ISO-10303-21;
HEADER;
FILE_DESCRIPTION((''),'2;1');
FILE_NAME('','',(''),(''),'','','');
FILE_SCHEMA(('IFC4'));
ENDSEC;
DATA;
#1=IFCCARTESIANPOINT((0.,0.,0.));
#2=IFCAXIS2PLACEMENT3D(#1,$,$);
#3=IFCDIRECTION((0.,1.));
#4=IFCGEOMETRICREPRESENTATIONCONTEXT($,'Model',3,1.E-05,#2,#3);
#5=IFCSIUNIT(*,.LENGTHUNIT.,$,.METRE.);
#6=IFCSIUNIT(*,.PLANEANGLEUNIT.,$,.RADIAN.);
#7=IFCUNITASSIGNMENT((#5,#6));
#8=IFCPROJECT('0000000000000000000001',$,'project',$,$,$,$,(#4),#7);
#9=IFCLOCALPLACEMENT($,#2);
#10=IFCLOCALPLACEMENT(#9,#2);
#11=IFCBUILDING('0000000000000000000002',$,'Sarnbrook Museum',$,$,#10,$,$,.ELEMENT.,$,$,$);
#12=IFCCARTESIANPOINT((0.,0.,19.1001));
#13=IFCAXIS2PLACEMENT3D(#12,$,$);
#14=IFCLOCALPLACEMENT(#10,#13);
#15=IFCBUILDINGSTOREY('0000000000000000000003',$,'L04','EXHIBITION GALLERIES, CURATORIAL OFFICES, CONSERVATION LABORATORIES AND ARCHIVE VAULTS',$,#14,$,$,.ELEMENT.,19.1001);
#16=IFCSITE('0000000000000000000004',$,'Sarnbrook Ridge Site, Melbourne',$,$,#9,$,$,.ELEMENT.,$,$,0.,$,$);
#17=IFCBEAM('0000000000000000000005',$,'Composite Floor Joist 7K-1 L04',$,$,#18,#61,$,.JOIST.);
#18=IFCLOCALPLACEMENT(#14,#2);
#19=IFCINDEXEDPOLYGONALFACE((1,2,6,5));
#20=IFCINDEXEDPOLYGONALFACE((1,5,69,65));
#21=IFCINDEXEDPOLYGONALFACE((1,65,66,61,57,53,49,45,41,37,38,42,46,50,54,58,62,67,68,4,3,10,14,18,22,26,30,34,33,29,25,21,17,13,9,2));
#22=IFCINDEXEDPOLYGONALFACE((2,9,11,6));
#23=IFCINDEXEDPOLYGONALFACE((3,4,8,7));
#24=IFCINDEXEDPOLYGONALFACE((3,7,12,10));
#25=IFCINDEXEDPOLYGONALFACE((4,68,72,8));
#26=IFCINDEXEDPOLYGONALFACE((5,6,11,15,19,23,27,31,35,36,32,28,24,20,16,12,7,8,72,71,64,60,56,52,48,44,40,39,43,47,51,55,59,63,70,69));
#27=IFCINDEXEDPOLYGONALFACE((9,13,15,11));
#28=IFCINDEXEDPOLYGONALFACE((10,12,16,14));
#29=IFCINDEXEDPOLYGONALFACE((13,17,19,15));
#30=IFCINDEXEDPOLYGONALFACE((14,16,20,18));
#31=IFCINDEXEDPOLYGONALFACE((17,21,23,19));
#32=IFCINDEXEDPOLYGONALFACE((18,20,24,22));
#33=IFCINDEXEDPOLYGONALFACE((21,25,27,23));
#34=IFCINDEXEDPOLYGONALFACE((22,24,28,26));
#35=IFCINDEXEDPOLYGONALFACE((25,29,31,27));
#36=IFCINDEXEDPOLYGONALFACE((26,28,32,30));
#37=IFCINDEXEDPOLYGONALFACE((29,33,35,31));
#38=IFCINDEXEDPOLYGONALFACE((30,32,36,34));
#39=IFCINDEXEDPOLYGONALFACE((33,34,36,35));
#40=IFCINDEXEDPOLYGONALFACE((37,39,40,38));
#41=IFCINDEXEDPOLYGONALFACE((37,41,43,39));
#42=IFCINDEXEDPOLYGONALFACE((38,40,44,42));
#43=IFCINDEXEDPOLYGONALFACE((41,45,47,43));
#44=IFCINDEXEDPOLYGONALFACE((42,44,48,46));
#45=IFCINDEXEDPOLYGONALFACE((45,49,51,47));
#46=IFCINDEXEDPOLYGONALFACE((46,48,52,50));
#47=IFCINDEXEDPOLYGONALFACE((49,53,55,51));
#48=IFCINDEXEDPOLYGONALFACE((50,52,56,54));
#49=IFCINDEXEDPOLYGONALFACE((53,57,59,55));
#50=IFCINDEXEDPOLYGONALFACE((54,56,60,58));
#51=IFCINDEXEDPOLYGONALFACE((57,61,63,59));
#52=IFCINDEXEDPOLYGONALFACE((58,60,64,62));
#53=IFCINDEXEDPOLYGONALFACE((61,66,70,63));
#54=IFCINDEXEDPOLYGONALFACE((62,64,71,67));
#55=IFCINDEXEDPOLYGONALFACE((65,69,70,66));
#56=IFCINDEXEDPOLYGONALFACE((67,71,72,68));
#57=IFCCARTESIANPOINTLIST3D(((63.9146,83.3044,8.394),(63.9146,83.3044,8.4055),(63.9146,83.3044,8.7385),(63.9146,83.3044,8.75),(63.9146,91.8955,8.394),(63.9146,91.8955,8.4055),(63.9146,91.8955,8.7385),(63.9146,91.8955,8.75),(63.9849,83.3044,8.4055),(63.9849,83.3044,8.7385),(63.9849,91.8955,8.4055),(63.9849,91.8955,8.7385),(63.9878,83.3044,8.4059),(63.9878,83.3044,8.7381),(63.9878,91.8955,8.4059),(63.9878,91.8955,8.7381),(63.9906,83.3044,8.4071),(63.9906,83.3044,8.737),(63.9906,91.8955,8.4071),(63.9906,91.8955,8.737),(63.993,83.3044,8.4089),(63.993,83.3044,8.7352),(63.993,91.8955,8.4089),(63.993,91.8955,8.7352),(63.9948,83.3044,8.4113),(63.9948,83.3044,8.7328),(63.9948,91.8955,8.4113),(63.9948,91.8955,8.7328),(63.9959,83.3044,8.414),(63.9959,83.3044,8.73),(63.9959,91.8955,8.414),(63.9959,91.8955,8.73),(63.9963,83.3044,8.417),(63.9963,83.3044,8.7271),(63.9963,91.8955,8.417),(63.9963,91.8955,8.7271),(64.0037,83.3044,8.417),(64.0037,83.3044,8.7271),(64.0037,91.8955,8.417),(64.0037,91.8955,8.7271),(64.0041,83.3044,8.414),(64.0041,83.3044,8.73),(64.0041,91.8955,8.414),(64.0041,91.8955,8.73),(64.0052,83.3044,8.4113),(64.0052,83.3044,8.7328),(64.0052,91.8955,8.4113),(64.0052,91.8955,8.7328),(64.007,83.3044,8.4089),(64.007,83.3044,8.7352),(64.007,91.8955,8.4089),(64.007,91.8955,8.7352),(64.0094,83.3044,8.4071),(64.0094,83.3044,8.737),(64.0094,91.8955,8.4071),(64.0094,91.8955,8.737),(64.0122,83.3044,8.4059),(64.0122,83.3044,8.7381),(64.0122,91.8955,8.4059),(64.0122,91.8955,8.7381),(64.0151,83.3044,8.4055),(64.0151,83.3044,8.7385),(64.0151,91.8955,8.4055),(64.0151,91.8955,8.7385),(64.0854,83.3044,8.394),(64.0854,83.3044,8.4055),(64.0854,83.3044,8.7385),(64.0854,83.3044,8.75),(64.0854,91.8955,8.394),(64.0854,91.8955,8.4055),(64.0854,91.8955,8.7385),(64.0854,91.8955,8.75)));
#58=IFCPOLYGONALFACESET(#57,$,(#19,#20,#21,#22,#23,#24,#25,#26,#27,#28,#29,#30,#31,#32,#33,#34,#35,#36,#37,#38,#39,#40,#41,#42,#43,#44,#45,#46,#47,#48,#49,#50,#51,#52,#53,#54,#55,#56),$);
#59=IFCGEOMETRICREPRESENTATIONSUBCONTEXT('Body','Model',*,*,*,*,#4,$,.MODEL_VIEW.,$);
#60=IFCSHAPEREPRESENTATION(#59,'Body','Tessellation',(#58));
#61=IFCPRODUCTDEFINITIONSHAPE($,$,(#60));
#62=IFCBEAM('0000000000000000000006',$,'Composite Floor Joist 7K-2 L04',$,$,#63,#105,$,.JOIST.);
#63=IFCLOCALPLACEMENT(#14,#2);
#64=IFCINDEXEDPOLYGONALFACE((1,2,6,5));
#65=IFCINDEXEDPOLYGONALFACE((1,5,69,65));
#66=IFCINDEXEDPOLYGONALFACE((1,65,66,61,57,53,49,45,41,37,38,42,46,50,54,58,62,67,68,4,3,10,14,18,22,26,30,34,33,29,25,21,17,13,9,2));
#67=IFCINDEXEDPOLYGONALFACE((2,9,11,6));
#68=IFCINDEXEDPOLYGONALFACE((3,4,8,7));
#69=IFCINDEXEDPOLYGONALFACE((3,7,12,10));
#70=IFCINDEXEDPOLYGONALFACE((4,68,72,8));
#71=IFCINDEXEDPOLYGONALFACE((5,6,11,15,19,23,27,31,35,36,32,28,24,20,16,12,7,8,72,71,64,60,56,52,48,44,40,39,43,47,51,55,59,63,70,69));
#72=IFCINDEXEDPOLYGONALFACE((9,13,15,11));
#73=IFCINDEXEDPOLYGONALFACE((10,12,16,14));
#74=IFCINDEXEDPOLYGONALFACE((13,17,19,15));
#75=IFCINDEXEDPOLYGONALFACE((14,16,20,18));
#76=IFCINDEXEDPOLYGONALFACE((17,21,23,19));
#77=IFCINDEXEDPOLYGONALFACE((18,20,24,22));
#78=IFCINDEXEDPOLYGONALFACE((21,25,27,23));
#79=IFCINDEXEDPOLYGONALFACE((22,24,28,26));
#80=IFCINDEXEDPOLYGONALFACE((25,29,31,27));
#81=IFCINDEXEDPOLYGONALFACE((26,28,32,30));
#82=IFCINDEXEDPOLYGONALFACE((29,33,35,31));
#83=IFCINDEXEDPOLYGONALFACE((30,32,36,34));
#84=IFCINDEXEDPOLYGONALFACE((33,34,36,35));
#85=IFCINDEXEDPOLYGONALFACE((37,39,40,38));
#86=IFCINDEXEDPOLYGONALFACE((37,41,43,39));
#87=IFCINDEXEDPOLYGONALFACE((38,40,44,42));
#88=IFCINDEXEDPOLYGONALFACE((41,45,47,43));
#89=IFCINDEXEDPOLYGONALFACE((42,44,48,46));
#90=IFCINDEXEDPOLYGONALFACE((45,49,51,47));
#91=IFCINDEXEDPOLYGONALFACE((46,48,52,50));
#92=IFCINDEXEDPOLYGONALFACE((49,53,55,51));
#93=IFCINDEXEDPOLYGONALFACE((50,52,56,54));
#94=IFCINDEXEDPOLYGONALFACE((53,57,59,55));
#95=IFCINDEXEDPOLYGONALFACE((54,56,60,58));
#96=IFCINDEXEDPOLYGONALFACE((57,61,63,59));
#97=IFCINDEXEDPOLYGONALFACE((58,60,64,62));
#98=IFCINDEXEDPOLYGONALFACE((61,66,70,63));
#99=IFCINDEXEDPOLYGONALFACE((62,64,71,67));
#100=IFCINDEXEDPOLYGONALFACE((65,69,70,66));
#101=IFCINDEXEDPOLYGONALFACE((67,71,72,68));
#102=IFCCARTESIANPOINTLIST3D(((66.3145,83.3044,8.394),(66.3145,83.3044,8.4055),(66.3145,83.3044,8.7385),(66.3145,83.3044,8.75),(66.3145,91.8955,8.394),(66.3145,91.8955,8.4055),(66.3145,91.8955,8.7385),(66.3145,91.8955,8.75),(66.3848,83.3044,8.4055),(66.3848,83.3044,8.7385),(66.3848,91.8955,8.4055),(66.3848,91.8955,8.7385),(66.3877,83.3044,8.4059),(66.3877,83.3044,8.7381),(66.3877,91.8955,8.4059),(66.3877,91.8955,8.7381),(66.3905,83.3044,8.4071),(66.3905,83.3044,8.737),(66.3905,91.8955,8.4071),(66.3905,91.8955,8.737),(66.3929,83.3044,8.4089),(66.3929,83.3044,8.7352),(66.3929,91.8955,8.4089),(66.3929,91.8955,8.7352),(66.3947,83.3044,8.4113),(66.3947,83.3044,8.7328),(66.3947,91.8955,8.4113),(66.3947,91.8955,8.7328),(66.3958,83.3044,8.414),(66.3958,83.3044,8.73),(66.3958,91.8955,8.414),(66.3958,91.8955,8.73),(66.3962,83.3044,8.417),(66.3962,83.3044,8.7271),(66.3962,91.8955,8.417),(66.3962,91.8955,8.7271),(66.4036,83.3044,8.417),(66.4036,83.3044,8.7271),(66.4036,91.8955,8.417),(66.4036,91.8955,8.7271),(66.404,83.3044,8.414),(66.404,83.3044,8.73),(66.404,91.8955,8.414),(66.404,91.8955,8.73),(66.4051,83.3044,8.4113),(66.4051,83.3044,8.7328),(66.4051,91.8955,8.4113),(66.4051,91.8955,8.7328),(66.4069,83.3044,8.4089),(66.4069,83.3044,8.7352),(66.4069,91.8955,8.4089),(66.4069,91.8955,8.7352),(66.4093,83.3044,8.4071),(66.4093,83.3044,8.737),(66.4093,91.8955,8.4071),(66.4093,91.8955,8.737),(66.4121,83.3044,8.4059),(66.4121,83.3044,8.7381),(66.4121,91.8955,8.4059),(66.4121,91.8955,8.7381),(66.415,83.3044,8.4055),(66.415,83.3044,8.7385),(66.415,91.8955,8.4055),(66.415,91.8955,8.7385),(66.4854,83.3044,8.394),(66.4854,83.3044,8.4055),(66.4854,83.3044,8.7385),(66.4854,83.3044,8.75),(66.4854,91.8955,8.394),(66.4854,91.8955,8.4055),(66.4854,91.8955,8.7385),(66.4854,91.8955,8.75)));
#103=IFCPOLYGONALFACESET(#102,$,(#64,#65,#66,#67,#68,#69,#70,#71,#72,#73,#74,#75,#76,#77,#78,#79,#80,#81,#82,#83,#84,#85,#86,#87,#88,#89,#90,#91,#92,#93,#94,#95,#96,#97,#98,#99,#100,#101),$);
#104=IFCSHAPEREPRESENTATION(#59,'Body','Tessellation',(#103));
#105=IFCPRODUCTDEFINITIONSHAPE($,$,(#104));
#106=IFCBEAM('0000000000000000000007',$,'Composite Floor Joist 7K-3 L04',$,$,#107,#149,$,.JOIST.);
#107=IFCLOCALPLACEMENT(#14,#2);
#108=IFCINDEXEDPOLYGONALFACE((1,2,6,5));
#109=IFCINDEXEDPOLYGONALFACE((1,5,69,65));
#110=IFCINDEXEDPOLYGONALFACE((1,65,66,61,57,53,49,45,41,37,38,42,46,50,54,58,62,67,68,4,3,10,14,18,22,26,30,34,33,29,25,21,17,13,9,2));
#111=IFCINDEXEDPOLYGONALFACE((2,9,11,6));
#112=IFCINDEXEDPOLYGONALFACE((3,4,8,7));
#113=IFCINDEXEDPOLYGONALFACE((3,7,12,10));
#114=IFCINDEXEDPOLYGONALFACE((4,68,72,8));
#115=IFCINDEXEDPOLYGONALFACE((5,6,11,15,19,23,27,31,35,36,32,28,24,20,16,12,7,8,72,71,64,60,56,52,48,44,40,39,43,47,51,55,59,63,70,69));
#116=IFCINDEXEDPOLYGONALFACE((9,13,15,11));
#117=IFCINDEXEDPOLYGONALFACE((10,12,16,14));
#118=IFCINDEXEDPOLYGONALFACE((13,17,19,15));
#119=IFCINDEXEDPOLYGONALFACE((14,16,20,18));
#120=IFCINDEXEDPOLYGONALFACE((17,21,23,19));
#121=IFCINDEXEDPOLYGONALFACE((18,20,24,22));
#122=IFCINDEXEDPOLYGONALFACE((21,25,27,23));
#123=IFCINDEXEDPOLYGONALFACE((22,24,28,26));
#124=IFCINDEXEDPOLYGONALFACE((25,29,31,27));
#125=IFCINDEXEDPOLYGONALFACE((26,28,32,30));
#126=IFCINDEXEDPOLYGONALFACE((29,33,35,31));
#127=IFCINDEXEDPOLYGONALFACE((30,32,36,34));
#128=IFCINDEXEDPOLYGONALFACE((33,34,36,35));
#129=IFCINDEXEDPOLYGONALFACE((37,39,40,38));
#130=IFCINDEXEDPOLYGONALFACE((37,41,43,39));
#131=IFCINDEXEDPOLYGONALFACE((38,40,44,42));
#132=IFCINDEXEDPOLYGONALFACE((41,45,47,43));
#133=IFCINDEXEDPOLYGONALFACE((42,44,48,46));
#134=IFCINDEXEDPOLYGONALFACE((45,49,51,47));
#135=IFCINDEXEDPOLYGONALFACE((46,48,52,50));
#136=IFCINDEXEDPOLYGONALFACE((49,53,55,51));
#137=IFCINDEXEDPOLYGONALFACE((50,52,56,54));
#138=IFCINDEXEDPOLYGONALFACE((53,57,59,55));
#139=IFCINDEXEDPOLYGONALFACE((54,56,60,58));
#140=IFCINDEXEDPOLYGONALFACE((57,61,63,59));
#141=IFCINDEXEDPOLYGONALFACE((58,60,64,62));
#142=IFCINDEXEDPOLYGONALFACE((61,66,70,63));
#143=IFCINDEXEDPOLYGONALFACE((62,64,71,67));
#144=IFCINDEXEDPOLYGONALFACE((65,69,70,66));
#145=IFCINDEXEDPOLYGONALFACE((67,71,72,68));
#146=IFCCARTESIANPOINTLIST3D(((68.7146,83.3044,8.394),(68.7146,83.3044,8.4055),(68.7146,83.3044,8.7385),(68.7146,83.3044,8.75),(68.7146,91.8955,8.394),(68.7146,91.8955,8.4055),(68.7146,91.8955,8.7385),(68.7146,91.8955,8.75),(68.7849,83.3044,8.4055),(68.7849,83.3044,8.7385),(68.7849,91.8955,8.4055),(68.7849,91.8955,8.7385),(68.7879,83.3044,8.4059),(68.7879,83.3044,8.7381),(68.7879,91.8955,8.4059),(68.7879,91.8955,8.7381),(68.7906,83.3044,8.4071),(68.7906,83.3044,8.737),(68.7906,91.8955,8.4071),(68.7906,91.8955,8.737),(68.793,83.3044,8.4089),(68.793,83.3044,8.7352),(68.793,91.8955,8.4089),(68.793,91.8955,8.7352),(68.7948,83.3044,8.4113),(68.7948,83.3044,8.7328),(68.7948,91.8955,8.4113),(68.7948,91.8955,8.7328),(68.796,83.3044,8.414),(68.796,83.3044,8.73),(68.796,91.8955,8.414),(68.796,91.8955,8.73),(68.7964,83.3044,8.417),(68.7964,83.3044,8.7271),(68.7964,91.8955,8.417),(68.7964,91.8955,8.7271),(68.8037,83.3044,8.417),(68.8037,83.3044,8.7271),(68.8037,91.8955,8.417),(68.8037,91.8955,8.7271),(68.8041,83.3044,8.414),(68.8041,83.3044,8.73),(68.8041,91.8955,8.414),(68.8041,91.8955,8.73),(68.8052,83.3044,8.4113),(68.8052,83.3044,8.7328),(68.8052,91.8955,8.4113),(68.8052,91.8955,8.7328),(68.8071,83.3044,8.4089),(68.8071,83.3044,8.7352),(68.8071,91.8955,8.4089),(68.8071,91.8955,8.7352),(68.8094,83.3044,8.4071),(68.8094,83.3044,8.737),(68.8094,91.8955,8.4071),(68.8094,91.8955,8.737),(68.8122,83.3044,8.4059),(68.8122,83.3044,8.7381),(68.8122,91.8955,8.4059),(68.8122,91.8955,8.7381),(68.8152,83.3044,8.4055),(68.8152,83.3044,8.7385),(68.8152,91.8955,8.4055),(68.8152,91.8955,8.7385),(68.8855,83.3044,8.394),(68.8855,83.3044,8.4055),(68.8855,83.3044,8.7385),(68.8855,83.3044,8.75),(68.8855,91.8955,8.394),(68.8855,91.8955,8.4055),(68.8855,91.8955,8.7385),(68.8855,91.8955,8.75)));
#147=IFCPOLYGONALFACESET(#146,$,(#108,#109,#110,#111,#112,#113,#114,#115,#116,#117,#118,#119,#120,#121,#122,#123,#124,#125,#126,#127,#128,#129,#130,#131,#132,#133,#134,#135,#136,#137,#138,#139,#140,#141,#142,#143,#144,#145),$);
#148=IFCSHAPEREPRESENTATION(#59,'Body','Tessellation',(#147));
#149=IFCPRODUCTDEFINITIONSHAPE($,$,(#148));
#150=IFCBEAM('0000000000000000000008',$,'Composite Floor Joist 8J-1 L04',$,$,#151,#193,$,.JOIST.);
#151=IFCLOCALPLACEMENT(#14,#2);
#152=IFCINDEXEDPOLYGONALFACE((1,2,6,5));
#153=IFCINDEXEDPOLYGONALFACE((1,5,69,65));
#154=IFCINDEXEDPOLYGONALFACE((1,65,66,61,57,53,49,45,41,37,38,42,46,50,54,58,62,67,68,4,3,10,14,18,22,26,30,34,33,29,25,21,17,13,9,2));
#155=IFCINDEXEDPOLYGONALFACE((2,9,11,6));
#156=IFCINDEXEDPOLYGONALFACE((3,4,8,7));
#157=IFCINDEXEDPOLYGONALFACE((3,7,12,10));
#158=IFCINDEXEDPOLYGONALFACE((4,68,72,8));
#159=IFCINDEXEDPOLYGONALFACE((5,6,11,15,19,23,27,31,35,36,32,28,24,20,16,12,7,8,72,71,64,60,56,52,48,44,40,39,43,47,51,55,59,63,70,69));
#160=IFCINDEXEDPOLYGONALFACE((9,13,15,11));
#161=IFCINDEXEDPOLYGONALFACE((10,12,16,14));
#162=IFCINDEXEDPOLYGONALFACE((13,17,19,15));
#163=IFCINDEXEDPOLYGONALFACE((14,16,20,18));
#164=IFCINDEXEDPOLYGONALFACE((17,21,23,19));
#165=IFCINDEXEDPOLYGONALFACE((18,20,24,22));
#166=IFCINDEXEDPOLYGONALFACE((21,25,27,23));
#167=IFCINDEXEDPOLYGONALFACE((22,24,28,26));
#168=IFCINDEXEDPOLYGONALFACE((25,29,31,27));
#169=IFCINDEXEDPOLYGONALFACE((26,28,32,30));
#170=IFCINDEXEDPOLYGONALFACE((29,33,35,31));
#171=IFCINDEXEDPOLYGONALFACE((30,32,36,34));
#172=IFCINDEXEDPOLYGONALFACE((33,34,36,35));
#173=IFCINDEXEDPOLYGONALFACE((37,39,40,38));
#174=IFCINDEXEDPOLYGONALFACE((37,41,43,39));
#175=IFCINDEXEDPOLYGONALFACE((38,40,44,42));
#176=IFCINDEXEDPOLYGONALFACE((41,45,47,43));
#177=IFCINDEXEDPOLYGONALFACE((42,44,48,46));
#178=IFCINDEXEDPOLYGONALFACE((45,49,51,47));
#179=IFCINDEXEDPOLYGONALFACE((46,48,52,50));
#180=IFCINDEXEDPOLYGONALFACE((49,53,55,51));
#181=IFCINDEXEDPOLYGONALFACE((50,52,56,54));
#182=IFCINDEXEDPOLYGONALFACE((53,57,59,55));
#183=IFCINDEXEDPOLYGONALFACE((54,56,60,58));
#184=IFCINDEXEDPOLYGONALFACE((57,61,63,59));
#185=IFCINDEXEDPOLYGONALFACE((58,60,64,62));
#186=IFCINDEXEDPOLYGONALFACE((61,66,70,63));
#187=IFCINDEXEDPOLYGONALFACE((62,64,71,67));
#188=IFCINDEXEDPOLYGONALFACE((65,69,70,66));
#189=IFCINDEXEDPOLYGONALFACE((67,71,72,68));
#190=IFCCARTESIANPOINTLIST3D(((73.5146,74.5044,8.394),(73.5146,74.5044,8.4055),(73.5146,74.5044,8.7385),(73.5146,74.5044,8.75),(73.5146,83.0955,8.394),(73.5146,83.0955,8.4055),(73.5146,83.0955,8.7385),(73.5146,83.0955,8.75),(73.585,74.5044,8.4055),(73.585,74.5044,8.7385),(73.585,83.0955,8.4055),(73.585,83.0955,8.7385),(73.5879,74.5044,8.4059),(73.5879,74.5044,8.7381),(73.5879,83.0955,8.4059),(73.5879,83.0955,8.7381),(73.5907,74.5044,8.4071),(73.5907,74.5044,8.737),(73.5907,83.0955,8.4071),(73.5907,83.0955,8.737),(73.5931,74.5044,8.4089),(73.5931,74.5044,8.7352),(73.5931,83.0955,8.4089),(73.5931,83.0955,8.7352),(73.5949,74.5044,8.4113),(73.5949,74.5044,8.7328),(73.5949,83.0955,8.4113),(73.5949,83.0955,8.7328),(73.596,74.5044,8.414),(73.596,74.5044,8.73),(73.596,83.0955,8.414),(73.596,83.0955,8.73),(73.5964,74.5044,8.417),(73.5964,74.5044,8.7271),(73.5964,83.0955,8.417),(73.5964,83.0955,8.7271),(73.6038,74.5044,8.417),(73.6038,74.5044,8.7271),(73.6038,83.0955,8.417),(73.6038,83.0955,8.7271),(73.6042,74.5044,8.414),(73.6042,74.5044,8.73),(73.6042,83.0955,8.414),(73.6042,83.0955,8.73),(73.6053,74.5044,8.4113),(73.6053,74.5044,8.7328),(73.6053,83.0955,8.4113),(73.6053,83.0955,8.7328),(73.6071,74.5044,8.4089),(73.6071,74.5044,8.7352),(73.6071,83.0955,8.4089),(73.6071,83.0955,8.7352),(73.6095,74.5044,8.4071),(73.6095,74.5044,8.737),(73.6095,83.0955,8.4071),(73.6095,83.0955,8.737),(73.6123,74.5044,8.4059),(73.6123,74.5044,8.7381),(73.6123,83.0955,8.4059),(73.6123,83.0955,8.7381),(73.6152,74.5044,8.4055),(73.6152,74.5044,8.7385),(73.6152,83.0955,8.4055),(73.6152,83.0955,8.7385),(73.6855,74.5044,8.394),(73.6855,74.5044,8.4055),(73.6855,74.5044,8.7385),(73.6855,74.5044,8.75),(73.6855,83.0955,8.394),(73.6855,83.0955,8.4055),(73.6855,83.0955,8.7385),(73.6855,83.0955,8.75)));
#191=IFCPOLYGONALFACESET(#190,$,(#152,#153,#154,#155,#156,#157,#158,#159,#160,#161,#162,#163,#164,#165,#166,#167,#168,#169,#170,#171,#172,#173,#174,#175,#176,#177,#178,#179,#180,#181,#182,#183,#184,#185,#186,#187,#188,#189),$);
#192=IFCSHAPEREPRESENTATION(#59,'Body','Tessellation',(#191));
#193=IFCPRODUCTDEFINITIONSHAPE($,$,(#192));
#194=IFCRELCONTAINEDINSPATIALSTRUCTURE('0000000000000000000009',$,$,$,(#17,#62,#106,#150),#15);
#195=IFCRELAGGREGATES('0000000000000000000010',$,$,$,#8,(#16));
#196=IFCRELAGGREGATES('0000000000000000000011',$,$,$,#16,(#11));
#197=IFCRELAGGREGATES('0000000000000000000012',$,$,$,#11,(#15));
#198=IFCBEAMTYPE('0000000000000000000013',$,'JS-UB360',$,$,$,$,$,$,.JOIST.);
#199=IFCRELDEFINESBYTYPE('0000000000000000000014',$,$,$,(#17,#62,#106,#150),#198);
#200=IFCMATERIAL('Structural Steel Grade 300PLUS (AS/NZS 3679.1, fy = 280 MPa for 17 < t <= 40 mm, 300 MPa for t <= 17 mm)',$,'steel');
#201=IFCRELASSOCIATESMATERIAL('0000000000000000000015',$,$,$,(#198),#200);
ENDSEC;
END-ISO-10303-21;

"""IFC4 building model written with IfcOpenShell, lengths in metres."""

from ifc_helpers import new_model, si_unit, direction, frame, origin, origin_2d, place, context, subcontext, project, spatial, i_section, extrude, material, material_profile, profile_set, type_object, element, save


model = new_model("IFC4")

# Units and contexts
model_context = context("Model", 3, precision=1e-05, world=origin(), true_north=direction((0.0, 1.0)))
body_context = subcontext(model_context, "Body", "Model", "MODEL_VIEW")
ifc_project = project(units=[si_unit("LENGTHUNIT", "METRE"), si_unit("PLANEANGLEUNIT", "RADIAN")], contexts=[model_context])

# Site, building, storey
site_placement = place(None, origin())
site = spatial("IfcSite", under=ifc_project, at=site_placement, Name="Sarnbrook Ridge Site, Melbourne", CompositionType="ELEMENT", RefElevation=0.0)
building_placement = place(site_placement, origin())
building = spatial("IfcBuilding", under=site, at=building_placement, Name="Sarnbrook Museum", CompositionType="ELEMENT")
storey_placement = place(building_placement, frame((0.0, 0.0, 19.1001)))
storey = spatial("IfcBuildingStorey", under=building, at=storey_placement, Name="L04", Description="EXHIBITION GALLERIES, CURATORIAL OFFICES, CONSERVATION LABORATORIES AND ARCHIVE VAULTS", CompositionType="ELEMENT", Elevation=19.1001)

# Shared definitions
ifc_material_1 = material(Name="Structural Steel Grade 300PLUS (AS/NZS 3679.1, fy = 280 MPa for 17 < t <= 40 mm, 300 MPa for t <= 17 mm)", Category="steel")

# Beams
ifc_material_profile_1 = material_profile(ifc_material_1, i_section(OverallWidth=0.1709, OverallDepth=0.356, WebThickness=0.0073, FlangeThickness=0.0115, FilletRadius=0.0115, at=origin_2d()), Name="360UB50.7")
ifc_profile_set_1 = profile_set([ifc_material_profile_1], Name="Structural Steel Grade 300PLUS (AS/NZS 3679.1, fy = 280 MPa for 17 < t <= 40 mm, 300 MPa for t <= 17 mm)")
beam_type_1 = type_object("IfcBeamType", Name="JS-UB360", PredefinedType="JOIST", material=ifc_profile_set_1)
for number, where, z_axis, x_axis, name in (
    (1, (64.0, 83.3044, 8.572), (0.0, 1.0, 0.0), (-1.0, 0.0, 0.0), "Composite Floor Joist 7K-1 L04"),
    (2, (66.3999, 83.3044, 8.572), (0.0, 1.0, 0.0), (-1.0, 0.0, 0.0), "Composite Floor Joist 7K-2 L04"),
    (3, (68.8, 83.3044, 8.572), (0.0, 1.0, 0.0), (-1.0, 0.0, 0.0), "Composite Floor Joist 7K-3 L04"),
    (4, (73.6001, 74.5044, 8.572), (0.0, 1.0, 0.0), (-1.0, 0.0, 0.0), "Composite Floor Joist 8J-1 L04"),
):
    element("IfcBeam", number, at=place(storey_placement, frame(where, z_axis=z_axis, x_axis=x_axis)), inside=storey, type_object=beam_type_1, Name=name, PredefinedType="JOIST", context=body_context, shape_type="SweptSolid", body=[
        extrude(i_section(OverallWidth=0.1709, OverallDepth=0.356, WebThickness=0.0073, FlangeThickness=0.0115, FilletRadius=0.0115, at=origin_2d()), origin(), (0.0, 0.0, 1.0), 8.5911),
    ])

save(model, "model.ifc")
